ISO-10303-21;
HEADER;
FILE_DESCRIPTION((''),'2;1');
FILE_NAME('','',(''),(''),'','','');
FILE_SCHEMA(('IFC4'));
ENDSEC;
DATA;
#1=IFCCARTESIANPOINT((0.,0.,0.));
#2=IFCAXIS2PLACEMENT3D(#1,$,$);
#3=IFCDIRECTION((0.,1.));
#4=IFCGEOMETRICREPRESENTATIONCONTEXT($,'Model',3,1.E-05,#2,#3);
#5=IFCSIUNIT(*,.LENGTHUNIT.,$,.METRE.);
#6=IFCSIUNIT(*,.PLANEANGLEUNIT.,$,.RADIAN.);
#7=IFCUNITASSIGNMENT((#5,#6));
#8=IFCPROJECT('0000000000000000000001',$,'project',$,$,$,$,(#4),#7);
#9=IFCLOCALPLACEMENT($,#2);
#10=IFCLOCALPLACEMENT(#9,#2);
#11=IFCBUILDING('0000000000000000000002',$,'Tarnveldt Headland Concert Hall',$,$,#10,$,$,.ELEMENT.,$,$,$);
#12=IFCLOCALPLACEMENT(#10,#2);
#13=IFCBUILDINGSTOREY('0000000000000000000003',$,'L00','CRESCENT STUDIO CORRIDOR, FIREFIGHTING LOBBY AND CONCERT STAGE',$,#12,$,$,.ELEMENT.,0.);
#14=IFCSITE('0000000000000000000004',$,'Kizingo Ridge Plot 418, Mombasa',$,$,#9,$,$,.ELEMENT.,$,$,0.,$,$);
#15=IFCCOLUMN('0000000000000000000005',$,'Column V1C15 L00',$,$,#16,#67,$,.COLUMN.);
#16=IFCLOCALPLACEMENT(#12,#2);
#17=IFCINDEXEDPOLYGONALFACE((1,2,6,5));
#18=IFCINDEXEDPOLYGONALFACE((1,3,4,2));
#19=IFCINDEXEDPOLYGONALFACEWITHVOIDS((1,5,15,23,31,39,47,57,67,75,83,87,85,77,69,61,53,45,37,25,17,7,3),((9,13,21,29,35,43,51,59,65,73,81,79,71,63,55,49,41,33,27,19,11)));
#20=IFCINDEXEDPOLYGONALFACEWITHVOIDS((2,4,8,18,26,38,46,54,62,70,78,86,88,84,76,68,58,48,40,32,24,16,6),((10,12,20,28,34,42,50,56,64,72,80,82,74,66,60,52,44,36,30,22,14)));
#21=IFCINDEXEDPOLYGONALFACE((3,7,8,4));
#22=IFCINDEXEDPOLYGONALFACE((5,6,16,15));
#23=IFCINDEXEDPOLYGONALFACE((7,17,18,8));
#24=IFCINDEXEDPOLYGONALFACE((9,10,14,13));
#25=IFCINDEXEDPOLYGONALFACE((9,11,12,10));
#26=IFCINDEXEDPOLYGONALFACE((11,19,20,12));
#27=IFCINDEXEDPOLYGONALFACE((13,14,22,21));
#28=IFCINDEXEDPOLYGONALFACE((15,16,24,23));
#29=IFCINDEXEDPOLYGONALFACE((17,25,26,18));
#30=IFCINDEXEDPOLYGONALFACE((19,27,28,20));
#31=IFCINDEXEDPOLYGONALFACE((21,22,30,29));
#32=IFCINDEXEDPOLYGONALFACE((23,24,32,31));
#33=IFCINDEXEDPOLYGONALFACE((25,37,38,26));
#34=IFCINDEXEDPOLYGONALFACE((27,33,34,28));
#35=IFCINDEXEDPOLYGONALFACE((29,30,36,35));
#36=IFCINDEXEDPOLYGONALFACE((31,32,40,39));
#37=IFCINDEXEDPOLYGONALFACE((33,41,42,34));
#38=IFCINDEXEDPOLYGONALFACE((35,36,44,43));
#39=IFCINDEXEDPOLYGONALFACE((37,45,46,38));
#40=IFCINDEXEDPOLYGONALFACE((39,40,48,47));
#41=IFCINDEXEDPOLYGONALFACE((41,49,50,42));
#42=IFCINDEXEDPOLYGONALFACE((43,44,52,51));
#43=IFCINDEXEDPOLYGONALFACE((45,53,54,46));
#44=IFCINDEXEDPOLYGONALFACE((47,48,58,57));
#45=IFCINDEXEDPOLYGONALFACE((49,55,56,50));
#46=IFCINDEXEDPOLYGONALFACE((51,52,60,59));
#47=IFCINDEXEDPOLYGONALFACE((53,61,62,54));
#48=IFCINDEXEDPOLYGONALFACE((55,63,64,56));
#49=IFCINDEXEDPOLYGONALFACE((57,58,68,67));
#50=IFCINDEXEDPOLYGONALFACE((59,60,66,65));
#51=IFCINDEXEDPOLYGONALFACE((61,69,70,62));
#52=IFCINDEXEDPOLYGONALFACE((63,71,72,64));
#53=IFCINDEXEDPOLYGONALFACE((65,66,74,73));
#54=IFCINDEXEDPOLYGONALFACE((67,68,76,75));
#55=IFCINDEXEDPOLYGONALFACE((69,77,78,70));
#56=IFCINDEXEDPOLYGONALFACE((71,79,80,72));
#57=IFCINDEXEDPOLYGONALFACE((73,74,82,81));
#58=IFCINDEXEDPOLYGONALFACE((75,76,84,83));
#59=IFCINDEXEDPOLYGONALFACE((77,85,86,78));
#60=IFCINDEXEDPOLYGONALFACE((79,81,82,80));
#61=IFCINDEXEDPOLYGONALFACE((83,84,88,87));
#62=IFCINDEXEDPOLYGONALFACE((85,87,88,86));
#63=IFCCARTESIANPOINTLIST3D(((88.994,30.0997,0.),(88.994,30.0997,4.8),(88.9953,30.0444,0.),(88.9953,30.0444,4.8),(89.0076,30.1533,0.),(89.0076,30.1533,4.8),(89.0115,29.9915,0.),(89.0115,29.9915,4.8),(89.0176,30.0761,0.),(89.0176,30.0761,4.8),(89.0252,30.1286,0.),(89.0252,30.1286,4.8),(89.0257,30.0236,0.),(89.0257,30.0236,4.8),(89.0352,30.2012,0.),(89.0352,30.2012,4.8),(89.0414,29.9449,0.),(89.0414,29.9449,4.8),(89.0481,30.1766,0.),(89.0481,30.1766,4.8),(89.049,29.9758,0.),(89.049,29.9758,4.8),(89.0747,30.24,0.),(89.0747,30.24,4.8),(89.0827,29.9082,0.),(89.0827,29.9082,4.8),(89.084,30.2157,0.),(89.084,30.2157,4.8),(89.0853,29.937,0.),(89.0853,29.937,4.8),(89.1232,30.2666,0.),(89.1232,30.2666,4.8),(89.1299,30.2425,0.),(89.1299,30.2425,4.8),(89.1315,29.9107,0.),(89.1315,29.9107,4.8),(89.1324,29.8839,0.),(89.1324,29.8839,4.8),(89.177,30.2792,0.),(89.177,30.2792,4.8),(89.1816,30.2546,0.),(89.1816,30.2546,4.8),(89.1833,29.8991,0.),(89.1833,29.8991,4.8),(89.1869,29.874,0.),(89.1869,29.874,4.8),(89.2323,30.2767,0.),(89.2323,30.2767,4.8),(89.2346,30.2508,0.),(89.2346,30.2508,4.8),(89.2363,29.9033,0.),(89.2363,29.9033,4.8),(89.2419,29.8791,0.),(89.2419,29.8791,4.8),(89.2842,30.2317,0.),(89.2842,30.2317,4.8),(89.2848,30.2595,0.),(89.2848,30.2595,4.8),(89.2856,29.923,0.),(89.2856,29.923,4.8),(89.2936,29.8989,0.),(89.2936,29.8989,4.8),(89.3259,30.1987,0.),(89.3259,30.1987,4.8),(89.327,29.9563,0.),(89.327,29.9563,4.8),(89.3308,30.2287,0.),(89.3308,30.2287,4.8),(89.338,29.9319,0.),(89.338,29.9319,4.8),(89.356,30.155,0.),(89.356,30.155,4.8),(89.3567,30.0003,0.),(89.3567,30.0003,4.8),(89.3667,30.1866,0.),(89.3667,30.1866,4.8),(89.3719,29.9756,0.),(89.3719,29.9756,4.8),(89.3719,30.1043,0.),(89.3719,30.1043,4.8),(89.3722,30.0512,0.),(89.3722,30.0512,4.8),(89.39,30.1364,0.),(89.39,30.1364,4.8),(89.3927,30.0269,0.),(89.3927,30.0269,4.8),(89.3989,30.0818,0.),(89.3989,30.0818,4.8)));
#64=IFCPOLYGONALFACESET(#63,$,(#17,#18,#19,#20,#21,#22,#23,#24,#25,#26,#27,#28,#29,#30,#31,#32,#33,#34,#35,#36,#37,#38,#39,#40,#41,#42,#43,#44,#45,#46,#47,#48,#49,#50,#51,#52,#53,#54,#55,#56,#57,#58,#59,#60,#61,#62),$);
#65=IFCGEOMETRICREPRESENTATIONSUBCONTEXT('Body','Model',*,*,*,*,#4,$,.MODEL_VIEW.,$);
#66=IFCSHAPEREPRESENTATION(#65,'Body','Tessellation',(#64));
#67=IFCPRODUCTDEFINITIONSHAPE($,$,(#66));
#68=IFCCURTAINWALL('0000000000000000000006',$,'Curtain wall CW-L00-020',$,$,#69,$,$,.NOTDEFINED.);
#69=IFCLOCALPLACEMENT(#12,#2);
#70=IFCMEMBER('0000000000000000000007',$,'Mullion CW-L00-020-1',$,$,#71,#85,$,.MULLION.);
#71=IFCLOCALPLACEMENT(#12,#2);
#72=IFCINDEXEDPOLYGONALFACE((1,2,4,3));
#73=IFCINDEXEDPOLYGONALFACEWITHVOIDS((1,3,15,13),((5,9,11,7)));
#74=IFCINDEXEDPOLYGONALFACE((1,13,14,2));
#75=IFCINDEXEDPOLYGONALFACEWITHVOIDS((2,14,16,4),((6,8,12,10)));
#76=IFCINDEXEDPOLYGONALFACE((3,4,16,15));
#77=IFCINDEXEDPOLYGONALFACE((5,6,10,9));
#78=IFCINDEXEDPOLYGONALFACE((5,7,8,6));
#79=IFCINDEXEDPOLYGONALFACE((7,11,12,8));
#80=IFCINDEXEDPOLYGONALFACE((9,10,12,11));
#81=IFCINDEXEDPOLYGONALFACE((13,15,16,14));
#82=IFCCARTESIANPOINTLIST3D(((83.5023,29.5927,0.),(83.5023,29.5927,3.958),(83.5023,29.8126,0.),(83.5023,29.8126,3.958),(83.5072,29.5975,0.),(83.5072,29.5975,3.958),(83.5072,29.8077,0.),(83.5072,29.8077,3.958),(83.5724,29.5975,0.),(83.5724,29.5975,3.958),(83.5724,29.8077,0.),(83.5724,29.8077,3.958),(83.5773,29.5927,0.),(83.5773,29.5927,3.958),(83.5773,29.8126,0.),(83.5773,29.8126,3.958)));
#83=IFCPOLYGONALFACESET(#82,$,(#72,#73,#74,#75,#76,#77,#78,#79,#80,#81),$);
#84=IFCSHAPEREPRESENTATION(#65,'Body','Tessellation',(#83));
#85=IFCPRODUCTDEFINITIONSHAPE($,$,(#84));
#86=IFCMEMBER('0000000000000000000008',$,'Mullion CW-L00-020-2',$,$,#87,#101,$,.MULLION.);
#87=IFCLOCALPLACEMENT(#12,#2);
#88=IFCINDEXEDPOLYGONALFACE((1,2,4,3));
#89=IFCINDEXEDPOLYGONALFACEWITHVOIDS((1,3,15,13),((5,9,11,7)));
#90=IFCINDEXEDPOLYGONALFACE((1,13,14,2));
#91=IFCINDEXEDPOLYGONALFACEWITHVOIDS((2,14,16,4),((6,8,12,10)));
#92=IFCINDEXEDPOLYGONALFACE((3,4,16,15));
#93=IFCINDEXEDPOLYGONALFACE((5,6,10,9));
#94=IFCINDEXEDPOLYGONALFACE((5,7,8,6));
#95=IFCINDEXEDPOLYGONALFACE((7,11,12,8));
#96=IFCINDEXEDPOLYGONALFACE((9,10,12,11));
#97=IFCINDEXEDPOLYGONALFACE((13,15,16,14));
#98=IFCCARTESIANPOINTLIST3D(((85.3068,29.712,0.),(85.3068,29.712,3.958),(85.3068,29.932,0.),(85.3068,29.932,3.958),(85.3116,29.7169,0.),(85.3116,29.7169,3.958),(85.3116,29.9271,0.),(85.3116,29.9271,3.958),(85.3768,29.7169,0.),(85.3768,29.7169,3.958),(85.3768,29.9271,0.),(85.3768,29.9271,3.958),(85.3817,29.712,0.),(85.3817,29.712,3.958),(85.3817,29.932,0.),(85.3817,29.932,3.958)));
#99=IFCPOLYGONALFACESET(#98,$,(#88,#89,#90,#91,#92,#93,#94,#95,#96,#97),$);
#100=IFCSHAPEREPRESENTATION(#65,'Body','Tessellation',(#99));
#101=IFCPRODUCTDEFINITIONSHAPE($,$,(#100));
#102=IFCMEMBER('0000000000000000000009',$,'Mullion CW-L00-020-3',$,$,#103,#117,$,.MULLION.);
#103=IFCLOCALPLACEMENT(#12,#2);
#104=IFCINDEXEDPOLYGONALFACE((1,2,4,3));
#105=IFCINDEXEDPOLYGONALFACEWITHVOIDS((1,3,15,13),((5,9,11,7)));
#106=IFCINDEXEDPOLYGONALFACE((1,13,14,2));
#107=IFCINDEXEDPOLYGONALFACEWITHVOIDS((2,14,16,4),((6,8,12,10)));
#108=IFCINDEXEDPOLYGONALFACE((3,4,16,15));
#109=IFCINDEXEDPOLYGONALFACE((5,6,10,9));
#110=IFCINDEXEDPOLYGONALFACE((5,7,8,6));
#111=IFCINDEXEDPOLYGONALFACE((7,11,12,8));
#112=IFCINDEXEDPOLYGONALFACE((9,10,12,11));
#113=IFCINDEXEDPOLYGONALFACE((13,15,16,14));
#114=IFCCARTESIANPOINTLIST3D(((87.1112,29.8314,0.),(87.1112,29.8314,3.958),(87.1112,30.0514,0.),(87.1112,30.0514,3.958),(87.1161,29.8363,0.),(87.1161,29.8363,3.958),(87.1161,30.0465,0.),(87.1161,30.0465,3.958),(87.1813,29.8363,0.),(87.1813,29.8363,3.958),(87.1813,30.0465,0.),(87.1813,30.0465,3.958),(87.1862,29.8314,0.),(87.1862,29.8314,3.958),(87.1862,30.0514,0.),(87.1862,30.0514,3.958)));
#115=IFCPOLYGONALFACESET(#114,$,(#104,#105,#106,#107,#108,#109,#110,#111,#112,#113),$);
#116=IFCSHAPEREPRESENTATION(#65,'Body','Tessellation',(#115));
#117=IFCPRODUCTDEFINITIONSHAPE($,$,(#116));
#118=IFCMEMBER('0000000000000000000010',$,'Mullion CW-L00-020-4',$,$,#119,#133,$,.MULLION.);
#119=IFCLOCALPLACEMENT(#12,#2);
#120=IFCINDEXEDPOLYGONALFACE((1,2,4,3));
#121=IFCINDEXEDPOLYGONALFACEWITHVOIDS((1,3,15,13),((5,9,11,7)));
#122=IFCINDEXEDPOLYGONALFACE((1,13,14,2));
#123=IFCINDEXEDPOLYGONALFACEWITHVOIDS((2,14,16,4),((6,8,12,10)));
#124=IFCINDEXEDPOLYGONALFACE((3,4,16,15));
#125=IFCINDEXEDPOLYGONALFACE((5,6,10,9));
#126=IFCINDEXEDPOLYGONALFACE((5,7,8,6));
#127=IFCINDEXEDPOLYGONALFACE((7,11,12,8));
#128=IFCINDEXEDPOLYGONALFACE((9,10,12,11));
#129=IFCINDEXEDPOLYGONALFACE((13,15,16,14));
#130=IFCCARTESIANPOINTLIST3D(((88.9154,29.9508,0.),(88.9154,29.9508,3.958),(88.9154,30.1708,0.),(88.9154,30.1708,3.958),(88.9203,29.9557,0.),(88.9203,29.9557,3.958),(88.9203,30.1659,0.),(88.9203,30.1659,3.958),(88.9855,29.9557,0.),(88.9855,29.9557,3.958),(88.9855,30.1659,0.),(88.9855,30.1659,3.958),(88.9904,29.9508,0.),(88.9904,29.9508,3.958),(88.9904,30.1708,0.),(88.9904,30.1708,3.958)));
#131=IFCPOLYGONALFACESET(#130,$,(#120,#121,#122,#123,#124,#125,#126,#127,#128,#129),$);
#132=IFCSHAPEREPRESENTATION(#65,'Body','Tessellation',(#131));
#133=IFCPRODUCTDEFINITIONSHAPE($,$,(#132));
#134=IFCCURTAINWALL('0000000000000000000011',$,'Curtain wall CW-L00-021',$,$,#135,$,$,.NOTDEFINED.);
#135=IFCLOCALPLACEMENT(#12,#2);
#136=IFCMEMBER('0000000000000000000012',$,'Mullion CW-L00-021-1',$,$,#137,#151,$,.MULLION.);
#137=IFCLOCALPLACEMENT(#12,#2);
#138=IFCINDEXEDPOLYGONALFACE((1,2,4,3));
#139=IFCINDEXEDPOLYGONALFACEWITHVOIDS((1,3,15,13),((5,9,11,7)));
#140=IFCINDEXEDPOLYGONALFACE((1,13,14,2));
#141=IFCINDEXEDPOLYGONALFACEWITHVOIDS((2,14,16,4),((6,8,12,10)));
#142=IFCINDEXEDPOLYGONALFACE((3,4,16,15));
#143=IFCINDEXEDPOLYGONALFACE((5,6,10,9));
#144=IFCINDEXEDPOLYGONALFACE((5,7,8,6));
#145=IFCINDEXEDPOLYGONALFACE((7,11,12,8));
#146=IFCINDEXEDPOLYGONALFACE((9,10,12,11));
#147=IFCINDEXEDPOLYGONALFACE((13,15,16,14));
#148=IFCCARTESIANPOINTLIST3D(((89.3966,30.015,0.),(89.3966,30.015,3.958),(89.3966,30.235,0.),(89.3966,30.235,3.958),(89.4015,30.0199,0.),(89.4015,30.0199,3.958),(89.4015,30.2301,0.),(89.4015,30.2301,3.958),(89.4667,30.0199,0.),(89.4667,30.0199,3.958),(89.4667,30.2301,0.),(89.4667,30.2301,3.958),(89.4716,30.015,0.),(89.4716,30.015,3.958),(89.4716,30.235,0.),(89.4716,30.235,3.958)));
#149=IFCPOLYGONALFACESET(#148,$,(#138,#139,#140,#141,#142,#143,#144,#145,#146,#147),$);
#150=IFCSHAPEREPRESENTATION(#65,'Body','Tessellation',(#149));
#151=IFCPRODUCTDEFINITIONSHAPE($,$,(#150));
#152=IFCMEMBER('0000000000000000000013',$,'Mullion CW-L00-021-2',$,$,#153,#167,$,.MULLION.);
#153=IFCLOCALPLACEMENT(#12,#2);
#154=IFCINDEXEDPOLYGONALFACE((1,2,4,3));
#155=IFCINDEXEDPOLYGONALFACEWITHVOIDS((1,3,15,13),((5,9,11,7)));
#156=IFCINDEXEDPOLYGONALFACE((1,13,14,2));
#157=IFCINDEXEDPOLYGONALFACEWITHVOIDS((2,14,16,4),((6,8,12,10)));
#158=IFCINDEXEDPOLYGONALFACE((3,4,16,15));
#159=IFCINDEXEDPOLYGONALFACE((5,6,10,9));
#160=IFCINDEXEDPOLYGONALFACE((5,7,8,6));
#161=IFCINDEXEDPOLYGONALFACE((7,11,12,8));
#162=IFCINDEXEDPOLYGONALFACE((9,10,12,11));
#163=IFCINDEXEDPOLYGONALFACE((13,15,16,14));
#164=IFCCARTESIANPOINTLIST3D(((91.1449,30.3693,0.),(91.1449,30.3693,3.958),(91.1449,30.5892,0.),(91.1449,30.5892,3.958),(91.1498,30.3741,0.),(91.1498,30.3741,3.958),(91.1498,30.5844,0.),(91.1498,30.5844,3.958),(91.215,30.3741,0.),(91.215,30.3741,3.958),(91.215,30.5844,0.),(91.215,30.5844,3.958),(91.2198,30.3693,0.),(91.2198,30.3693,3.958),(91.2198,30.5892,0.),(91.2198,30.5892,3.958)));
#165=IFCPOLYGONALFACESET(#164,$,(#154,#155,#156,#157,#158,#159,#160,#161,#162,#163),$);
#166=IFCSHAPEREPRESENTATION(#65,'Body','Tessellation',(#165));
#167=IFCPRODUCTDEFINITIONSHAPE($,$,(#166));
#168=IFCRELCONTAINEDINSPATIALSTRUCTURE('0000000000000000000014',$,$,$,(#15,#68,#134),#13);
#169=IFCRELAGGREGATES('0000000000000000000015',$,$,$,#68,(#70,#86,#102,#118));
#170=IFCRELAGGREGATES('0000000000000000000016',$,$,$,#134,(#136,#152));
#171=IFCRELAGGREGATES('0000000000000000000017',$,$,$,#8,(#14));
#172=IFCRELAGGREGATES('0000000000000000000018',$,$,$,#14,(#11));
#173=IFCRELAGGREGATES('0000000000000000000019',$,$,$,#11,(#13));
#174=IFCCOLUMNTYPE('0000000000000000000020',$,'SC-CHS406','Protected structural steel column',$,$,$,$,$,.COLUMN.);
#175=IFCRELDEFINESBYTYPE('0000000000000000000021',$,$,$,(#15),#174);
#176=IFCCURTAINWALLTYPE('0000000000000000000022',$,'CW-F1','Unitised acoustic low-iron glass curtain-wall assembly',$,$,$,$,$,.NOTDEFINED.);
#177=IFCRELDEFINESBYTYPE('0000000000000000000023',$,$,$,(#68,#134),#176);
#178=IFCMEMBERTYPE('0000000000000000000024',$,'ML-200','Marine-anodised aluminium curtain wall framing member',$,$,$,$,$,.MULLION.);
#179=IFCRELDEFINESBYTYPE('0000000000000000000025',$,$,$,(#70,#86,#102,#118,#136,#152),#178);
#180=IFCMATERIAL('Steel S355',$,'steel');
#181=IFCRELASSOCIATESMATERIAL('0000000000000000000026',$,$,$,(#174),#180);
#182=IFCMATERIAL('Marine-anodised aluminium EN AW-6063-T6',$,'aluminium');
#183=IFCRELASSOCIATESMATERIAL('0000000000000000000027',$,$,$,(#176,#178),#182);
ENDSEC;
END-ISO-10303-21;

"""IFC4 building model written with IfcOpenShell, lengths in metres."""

from ifc_helpers import new_model, si_unit, direction, frame, origin, origin_2d, place, context, subcontext, project, spatial, hollow_rectangle, hollow_circle, extrude, material, material_profile, profile_set, type_object, element, aggregate, save


model = new_model("IFC4")

# Units and contexts
model_context = context("Model", 3, precision=1e-05, world=origin(), true_north=direction((0.0, 1.0)))
body_context = subcontext(model_context, "Body", "Model", "MODEL_VIEW")
ifc_project = project(units=[si_unit("LENGTHUNIT", "METRE"), si_unit("PLANEANGLEUNIT", "RADIAN")], contexts=[model_context])

# Site, building, storey
site_placement = place(None, origin())
site = spatial("IfcSite", under=ifc_project, at=site_placement, Name="Kizingo Ridge Plot 418, Mombasa", CompositionType="ELEMENT", RefElevation=0.0)
building_placement = place(site_placement, origin())
building = spatial("IfcBuilding", under=site, at=building_placement, Name="Tarnveldt Headland Concert Hall", CompositionType="ELEMENT")
storey_placement = place(building_placement, origin())
storey = spatial("IfcBuildingStorey", under=building, at=storey_placement, Name="L00", Description="CRESCENT STUDIO CORRIDOR, FIREFIGHTING LOBBY AND CONCERT STAGE", CompositionType="ELEMENT", Elevation=0.0)

# Column
ifc_material_1 = material(Name="Steel S355", Category="steel")
ifc_material_profile_1 = material_profile(ifc_material_1, hollow_circle(Radius=0.2031, WallThickness=0.0249, at=origin_2d()), Name="CHS 406.4x25", Category="steel")
ifc_profile_set_1 = profile_set([ifc_material_profile_1], Name="Steel S355")
column_type = type_object("IfcColumnType", Name="SC-CHS406", Description="Protected structural steel column", PredefinedType="COLUMN", material=ifc_profile_set_1)
column_placement = place(storey_placement, frame((89.1958, 30.0769, 0.0), z_axis=(0.0, 0.0, 1.0), x_axis=(0.227161, -0.973857, 0.0)))
element("IfcColumn", 1, at=column_placement, inside=storey, type_object=column_type, Name="Column V1C15 L00", PredefinedType="COLUMN", context=body_context, shape_type="SweptSolid", body=[
    extrude(hollow_circle(Radius=0.2031, WallThickness=0.0249, at=origin_2d()), origin(), (0.0, 0.0, 1.0), 4.8),
])

# Curtain walls, members
ifc_material_2 = material(Name="Marine-anodised aluminium EN AW-6063-T6", Category="aluminium")
curtain_wall_type = type_object("IfcCurtainWallType", Name="CW-F1", Description="Unitised acoustic low-iron glass curtain-wall assembly", PredefinedType="NOTDEFINED", material=ifc_material_2)
curtain_wall_1_placement = place(storey_placement, origin())
curtain_wall_1 = element("IfcCurtainWall", 2, at=curtain_wall_1_placement, inside=storey, type_object=curtain_wall_type, Name="Curtain wall CW-L00-020", PredefinedType="NOTDEFINED")
ifc_material_profile_2 = material_profile(ifc_material_2, hollow_rectangle(XDim=0.075, YDim=0.22, WallThickness=0.0049, at=origin_2d()), Name="ALU MULLION 75x220x5", Category="aluminium")
ifc_profile_set_2 = profile_set([ifc_material_profile_2], Name="Marine-anodised aluminium EN AW-6063-T6")
member_type_1 = type_object("IfcMemberType", Name="ML-200", Description="Marine-anodised aluminium curtain wall framing member", PredefinedType="MULLION", material=ifc_profile_set_2)
member_1_placement = place(storey_placement, frame((83.5398, 29.7026, 0.0), z_axis=(0.0, 0.0, 1.0), x_axis=(1.0, 0.0, 0.0)))
member_1 = element("IfcMember", 3, at=member_1_placement, type_object=member_type_1, Name="Mullion CW-L00-020-1", PredefinedType="MULLION", context=body_context, shape_type="SweptSolid", body=[
    extrude(hollow_rectangle(XDim=0.075, YDim=0.22, WallThickness=0.0049, at=origin_2d()), origin(), (0.0, 0.0, 1.0), 3.958),
])
member_2_placement = place(storey_placement, frame((85.3442, 29.822, 0.0), z_axis=(0.0, 0.0, 1.0), x_axis=(1.0, 0.0, 0.0)))
member_2 = element("IfcMember", 4, at=member_2_placement, type_object=member_type_1, Name="Mullion CW-L00-020-2", PredefinedType="MULLION", context=body_context, shape_type="SweptSolid", body=[
    extrude(hollow_rectangle(XDim=0.075, YDim=0.22, WallThickness=0.0049, at=origin_2d()), origin(), (0.0, 0.0, 1.0), 3.958),
])
member_3_placement = place(storey_placement, frame((87.1487, 29.9414, 0.0), z_axis=(0.0, 0.0, 1.0), x_axis=(1.0, 0.0, 0.0)))
member_3 = element("IfcMember", 5, at=member_3_placement, type_object=member_type_1, Name="Mullion CW-L00-020-3", PredefinedType="MULLION", context=body_context, shape_type="SweptSolid", body=[
    extrude(hollow_rectangle(XDim=0.075, YDim=0.22, WallThickness=0.0049, at=origin_2d()), origin(), (0.0, 0.0, 1.0), 3.958),
])
member_4_placement = place(storey_placement, frame((88.9529, 30.0608, 0.0), z_axis=(0.0, 0.0, 1.0), x_axis=(1.0, 0.0, 0.0)))
member_4 = element("IfcMember", 6, at=member_4_placement, type_object=member_type_1, Name="Mullion CW-L00-020-4", PredefinedType="MULLION", context=body_context, shape_type="SweptSolid", body=[
    extrude(hollow_rectangle(XDim=0.075, YDim=0.22, WallThickness=0.0049, at=origin_2d()), origin(), (0.0, 0.0, 1.0), 3.958),
])
curtain_wall_2_placement = place(storey_placement, origin())
curtain_wall_2 = element("IfcCurtainWall", 7, at=curtain_wall_2_placement, inside=storey, type_object=curtain_wall_type, Name="Curtain wall CW-L00-021", PredefinedType="NOTDEFINED")
member_5_placement = place(storey_placement, frame((89.4341, 30.125, 0.0), z_axis=(0.0, 0.0, 1.0), x_axis=(1.0, 0.0, 0.0)))
member_5 = element("IfcMember", 8, at=member_5_placement, type_object=member_type_1, Name="Mullion CW-L00-021-1", PredefinedType="MULLION", context=body_context, shape_type="SweptSolid", body=[
    extrude(hollow_rectangle(XDim=0.075, YDim=0.22, WallThickness=0.0049, at=origin_2d()), origin(), (0.0, 0.0, 1.0), 3.958),
])
member_6_placement = place(storey_placement, frame((91.1824, 30.4792, 0.0), z_axis=(0.0, 0.0, 1.0), x_axis=(1.0, 0.0, 0.0)))
member_6 = element("IfcMember", 9, at=member_6_placement, type_object=member_type_1, Name="Mullion CW-L00-021-2", PredefinedType="MULLION", context=body_context, shape_type="SweptSolid", body=[
    extrude(hollow_rectangle(XDim=0.075, YDim=0.22, WallThickness=0.0049, at=origin_2d()), origin(), (0.0, 0.0, 1.0), 3.958),
])

aggregate(curtain_wall_1, [member_1, member_2, member_3, member_4])
aggregate(curtain_wall_2, [member_5, member_6])

save(model, "model.ifc")
